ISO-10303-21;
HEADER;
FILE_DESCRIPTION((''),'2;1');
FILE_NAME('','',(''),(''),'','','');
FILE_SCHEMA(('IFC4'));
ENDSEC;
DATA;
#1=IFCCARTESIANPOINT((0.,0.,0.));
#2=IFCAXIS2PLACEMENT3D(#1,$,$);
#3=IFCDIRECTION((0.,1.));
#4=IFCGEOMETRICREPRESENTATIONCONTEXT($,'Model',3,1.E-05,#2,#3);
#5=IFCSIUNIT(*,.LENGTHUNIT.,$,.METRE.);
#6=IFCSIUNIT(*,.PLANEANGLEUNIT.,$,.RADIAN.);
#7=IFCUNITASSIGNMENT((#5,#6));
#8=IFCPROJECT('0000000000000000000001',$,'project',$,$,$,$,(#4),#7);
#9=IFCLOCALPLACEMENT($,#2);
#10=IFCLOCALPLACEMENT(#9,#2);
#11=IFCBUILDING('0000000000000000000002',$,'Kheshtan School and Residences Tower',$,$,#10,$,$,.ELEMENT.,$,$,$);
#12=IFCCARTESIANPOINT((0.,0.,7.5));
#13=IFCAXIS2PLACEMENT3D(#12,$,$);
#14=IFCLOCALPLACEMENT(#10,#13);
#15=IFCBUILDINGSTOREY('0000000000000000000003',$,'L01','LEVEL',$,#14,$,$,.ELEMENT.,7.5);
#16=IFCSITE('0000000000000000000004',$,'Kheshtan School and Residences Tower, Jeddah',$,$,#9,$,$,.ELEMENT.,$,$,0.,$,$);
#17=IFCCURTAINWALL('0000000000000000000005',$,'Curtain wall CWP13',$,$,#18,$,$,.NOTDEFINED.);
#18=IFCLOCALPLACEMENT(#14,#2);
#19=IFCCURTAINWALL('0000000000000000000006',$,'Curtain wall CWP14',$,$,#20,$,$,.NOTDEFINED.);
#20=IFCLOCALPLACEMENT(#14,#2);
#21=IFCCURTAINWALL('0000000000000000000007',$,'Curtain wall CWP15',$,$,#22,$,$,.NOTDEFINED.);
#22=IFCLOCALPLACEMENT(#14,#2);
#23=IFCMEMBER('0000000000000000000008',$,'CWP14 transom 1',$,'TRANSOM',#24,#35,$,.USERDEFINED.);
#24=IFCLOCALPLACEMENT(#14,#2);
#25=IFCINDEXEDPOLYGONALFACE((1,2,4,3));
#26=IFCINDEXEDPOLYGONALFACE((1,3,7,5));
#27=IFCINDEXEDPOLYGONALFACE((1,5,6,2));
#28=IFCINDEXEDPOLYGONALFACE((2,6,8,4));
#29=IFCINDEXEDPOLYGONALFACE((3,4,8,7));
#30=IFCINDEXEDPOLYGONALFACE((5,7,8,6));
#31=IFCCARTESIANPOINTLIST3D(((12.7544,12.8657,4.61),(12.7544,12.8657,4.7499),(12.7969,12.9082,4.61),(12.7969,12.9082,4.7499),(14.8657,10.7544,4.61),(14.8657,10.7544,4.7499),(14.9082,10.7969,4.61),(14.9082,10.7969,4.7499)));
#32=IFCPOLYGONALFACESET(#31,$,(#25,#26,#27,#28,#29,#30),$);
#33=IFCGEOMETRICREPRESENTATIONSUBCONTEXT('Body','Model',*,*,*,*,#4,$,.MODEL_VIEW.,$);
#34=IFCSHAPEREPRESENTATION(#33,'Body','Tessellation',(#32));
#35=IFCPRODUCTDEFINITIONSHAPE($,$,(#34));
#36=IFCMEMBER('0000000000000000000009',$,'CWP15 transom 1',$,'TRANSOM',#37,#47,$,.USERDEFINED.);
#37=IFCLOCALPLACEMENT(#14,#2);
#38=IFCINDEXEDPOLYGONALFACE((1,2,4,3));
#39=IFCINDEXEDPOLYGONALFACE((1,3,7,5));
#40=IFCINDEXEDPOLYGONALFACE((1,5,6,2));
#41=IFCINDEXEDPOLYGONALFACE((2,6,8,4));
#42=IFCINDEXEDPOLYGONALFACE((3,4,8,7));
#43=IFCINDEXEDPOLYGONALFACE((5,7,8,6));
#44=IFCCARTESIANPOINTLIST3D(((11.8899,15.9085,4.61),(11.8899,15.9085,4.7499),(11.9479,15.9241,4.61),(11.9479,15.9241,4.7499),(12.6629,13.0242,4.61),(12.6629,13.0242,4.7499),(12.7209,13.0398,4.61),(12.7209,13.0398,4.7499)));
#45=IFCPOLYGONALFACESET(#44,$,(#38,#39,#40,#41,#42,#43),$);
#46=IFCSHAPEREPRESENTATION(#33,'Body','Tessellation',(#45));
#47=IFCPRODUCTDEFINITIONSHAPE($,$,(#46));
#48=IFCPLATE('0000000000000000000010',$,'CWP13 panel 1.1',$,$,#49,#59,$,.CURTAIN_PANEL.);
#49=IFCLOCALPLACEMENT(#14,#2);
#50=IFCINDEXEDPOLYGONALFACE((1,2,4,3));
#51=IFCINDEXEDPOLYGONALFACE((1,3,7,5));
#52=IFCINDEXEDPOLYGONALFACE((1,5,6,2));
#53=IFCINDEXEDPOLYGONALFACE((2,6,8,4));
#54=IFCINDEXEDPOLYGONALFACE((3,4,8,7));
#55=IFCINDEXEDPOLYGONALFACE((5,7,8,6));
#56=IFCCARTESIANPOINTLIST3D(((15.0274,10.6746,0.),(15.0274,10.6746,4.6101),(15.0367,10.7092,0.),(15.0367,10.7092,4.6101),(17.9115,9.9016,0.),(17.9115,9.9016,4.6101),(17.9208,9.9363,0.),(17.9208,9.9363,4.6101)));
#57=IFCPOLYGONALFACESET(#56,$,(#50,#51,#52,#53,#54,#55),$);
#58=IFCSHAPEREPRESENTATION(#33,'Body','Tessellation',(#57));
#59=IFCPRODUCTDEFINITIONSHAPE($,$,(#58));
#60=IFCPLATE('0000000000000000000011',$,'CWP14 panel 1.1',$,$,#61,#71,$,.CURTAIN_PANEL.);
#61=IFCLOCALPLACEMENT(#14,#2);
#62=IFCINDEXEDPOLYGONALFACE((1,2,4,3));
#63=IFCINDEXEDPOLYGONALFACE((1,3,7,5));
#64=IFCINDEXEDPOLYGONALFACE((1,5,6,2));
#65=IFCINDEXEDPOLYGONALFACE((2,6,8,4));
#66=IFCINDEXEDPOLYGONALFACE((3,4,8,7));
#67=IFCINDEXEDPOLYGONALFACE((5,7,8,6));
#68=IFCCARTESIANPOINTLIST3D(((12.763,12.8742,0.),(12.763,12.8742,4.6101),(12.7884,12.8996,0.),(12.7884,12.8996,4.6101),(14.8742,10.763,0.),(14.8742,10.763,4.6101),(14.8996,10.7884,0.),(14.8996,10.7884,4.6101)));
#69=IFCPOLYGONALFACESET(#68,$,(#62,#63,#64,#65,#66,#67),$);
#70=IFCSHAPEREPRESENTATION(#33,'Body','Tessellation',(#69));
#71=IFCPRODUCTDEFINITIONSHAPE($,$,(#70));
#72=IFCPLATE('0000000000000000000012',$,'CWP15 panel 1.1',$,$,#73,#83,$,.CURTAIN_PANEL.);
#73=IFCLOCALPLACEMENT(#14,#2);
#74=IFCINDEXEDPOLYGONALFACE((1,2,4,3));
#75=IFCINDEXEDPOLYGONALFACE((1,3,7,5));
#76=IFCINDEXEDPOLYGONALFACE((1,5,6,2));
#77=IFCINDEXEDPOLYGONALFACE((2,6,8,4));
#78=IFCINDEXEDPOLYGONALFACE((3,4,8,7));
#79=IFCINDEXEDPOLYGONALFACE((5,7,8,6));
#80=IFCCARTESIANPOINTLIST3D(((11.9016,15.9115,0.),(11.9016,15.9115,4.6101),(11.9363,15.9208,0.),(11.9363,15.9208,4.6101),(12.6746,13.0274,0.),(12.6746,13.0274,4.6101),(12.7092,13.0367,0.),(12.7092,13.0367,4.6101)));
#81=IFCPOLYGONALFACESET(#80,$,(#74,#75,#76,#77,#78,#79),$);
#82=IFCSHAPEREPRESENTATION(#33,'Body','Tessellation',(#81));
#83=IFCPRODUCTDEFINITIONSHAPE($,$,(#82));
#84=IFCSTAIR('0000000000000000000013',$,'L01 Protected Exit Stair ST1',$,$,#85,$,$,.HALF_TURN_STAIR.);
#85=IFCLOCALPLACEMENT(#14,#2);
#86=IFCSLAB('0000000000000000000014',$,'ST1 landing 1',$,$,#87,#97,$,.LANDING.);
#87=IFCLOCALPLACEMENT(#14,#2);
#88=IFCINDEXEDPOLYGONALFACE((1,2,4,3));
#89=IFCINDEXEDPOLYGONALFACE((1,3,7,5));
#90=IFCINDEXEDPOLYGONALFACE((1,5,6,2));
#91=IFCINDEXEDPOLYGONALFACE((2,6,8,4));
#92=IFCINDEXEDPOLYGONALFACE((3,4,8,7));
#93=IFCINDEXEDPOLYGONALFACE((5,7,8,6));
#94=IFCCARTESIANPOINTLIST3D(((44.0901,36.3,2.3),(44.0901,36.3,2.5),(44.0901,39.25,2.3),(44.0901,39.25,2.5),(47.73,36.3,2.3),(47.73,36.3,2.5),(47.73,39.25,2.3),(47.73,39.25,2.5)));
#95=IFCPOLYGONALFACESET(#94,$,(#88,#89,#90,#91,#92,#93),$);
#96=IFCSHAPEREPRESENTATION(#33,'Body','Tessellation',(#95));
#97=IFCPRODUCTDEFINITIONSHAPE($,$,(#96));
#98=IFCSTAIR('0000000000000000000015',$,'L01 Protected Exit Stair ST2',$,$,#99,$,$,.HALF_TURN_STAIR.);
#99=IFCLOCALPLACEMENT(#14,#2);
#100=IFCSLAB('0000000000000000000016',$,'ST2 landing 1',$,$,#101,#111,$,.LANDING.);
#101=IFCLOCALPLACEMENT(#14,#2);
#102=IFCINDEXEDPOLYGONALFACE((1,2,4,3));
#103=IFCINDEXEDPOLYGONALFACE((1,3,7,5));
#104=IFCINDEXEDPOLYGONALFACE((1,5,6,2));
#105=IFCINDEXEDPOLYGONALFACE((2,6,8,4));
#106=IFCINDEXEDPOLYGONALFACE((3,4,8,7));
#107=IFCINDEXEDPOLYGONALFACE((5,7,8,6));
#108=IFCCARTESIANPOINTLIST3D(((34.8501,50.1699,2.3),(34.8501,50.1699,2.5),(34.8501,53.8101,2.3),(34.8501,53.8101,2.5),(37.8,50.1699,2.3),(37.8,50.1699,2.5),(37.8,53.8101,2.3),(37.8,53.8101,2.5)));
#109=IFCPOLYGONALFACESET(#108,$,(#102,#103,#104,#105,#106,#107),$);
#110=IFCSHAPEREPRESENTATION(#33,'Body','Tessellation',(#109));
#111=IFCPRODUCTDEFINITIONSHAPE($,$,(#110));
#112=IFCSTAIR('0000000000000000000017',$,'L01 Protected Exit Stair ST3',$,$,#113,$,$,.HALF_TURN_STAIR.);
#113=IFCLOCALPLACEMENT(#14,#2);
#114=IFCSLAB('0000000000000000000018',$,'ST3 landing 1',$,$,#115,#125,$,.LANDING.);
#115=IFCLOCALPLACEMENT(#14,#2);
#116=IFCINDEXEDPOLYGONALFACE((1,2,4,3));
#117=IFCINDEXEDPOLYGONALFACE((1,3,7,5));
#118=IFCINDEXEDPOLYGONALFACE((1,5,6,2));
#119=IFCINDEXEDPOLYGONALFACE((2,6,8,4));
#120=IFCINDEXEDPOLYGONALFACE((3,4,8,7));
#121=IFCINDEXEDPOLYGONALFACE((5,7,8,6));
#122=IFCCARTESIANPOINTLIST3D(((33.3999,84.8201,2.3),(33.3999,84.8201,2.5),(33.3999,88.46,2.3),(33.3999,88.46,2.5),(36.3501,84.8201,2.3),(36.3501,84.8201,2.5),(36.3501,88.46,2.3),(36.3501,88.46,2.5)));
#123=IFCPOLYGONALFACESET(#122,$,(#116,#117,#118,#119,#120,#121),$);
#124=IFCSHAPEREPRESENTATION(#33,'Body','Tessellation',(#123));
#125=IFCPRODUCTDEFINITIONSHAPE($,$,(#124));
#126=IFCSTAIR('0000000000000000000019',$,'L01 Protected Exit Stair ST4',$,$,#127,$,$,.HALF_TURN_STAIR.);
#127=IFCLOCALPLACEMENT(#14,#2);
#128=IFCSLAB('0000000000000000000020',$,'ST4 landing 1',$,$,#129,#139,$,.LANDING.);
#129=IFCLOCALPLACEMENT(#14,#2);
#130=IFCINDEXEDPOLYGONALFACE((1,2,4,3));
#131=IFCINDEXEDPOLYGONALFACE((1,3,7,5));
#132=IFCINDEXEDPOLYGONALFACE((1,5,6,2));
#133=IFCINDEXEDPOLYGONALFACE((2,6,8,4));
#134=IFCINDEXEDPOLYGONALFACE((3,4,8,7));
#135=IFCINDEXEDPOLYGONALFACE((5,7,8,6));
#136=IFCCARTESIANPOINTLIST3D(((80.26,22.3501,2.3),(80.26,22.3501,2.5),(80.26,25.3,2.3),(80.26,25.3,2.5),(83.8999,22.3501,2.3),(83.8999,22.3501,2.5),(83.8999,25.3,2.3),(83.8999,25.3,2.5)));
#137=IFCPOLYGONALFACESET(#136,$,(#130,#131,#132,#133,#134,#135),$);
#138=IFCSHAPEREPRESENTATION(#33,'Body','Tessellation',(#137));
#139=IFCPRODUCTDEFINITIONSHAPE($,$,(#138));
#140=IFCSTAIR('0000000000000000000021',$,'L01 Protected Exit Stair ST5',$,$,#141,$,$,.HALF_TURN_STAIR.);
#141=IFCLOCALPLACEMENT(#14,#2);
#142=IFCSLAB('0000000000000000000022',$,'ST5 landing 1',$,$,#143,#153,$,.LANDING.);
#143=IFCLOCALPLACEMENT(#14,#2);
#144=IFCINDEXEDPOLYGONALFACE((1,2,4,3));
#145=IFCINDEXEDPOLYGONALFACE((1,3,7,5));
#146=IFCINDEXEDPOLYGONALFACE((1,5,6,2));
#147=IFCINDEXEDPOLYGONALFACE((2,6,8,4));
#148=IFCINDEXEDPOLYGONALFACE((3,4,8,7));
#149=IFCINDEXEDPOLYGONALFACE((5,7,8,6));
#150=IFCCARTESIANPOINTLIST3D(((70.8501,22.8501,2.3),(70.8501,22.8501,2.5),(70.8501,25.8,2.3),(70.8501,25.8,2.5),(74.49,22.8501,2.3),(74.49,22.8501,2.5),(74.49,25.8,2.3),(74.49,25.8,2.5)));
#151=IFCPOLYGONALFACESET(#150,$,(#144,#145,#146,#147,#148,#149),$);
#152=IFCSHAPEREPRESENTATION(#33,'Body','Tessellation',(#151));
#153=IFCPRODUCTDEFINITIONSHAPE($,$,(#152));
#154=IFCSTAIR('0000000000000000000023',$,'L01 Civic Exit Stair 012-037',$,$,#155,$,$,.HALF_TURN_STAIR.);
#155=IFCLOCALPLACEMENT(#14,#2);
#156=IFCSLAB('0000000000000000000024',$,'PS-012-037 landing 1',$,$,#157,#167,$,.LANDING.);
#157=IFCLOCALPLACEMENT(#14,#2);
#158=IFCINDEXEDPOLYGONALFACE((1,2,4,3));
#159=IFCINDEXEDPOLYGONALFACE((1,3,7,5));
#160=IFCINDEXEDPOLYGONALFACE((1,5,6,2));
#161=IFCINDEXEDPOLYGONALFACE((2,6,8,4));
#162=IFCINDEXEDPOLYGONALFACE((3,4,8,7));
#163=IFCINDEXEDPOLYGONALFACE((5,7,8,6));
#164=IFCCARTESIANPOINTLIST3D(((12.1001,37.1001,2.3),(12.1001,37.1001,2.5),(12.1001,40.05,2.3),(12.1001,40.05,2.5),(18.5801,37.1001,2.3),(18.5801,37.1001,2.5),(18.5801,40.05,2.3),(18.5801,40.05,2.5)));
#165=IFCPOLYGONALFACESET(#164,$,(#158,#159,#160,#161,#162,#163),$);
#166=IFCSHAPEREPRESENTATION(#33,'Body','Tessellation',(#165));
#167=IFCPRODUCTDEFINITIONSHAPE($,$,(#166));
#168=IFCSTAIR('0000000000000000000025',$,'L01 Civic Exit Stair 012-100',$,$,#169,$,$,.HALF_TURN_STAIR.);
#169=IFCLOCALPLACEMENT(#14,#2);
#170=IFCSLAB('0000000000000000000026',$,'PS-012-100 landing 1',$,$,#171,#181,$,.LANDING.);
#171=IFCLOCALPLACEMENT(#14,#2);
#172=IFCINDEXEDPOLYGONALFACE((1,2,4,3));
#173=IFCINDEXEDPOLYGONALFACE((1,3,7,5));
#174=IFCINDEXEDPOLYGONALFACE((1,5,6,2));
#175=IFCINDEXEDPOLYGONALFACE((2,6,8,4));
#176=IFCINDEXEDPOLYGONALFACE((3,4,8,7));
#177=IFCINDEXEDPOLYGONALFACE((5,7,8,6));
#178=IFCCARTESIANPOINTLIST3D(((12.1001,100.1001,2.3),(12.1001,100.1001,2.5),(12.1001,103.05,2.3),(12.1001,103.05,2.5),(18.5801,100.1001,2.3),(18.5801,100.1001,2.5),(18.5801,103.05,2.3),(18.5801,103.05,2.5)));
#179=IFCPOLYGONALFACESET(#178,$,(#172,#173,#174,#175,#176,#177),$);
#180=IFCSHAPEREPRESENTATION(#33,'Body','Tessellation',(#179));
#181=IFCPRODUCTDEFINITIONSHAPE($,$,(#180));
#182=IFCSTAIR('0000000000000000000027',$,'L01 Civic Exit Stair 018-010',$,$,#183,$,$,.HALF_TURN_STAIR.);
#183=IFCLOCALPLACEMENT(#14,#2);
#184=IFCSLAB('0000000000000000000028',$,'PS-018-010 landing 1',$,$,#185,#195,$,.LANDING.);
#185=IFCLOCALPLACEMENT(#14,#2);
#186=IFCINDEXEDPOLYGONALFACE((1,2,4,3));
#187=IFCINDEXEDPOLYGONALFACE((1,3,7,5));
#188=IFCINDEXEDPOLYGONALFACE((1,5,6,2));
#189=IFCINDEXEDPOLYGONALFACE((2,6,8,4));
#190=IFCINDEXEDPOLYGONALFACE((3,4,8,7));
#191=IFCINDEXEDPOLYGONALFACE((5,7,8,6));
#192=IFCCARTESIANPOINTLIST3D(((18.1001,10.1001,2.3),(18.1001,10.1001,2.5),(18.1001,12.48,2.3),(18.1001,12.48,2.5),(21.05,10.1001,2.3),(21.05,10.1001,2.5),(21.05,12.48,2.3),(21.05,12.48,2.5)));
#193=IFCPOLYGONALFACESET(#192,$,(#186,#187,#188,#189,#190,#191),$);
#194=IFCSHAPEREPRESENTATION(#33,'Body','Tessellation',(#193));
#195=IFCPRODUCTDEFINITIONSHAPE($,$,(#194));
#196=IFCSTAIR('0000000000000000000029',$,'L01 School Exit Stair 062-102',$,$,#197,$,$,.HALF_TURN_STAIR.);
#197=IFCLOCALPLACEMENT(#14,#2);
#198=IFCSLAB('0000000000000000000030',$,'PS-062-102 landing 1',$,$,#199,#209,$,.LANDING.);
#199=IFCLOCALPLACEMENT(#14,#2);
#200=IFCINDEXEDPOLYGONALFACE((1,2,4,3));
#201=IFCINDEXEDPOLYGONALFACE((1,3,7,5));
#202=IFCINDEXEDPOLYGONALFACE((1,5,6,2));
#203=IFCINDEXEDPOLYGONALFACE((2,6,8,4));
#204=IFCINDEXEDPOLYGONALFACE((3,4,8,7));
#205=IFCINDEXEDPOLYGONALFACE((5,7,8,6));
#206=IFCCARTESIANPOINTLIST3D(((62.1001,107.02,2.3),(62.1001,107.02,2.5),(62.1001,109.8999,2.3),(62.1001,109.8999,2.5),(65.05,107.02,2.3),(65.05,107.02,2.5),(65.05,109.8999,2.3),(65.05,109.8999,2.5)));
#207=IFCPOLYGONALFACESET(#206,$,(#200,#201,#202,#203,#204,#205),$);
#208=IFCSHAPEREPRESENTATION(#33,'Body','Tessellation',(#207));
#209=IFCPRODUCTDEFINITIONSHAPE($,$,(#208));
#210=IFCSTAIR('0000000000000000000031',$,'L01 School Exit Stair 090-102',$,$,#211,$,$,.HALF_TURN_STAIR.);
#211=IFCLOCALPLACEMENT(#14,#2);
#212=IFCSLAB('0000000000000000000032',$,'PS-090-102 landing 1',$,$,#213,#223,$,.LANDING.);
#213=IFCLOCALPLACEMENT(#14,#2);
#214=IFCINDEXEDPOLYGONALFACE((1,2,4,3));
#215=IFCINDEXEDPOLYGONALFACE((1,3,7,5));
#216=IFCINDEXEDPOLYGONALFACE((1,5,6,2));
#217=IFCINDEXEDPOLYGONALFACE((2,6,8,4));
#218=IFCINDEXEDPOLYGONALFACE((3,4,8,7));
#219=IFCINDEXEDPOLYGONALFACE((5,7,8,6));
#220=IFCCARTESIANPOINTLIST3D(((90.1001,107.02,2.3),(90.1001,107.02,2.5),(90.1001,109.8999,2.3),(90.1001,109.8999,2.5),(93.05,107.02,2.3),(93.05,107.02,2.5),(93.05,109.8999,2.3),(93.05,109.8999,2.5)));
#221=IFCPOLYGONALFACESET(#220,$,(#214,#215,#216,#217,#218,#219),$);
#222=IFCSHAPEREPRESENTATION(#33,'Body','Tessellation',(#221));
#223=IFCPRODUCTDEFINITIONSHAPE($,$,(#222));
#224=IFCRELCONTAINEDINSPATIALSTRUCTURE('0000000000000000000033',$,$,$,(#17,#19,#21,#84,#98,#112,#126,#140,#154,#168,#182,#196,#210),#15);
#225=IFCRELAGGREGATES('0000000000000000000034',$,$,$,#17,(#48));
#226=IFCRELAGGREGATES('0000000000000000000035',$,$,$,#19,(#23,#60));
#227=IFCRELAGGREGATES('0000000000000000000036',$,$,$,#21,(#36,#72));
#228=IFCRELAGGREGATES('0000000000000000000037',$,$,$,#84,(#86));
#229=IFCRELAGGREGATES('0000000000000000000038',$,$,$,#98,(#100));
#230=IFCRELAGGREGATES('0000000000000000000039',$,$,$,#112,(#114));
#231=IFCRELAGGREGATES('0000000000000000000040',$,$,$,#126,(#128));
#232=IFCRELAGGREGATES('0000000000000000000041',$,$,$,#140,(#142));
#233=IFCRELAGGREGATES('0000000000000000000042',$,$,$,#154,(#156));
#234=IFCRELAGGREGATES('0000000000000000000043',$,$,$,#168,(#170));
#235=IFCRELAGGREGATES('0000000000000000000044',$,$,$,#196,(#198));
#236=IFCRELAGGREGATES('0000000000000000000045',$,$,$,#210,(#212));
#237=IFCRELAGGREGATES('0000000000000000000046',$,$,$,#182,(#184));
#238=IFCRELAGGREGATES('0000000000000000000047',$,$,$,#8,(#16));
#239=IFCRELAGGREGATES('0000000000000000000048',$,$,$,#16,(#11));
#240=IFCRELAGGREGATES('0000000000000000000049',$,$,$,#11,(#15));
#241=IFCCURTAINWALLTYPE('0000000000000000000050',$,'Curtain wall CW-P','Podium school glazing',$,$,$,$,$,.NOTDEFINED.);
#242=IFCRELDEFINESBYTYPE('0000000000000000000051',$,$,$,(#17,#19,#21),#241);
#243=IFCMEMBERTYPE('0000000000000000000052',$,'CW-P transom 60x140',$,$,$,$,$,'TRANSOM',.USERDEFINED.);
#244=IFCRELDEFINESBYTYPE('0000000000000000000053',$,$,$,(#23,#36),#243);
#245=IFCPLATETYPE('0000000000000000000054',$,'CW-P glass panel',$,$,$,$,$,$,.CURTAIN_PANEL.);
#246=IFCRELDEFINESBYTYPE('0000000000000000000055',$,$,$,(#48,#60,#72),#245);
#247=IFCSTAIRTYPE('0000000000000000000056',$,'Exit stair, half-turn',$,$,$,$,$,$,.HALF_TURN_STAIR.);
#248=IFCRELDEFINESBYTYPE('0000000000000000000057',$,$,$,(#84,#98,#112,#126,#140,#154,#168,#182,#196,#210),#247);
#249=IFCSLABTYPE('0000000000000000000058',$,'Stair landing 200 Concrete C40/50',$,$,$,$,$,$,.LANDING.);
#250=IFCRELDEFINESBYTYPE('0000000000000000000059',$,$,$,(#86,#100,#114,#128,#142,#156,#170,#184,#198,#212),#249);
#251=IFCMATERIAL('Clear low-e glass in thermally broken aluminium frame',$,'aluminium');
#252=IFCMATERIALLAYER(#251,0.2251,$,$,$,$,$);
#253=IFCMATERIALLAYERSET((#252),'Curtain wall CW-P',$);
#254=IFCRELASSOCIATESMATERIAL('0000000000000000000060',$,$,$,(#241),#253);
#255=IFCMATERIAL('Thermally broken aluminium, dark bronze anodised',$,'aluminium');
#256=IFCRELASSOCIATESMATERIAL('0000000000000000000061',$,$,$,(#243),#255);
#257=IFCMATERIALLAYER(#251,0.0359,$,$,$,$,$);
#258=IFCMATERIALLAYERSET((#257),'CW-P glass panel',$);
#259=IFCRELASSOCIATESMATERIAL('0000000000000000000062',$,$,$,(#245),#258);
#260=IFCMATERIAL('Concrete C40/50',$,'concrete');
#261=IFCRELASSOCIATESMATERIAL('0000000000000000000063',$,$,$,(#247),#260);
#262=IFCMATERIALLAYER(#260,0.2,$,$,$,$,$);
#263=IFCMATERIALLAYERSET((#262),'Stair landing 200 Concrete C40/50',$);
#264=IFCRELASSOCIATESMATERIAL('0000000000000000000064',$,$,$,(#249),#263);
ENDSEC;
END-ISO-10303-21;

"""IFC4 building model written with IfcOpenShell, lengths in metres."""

from ifc_helpers import new_model, si_unit, direction, frame, origin, origin_2d, place, context, subcontext, project, spatial, polyline, rectangle, outline, extrude, material, layer, layer_set, material_profile, profile_set, type_object, element, aggregate, save


model = new_model("IFC4")

# Units and contexts
model_context = context("Model", 3, precision=1e-05, world=origin(), true_north=direction((0.0, 1.0)))
body_context = subcontext(model_context, "Body", "Model", "MODEL_VIEW")
ifc_project = project(units=[si_unit("LENGTHUNIT", "METRE"), si_unit("PLANEANGLEUNIT", "RADIAN")], contexts=[model_context])

# Site, building, storey
site_placement = place(None, origin())
site = spatial("IfcSite", under=ifc_project, at=site_placement, Name="Kheshtan School and Residences Tower, Jeddah", CompositionType="ELEMENT", RefElevation=0.0)
building_placement = place(site_placement, origin())
building = spatial("IfcBuilding", under=site, at=building_placement, Name="Kheshtan School and Residences Tower", CompositionType="ELEMENT")
storey_placement = place(building_placement, frame((0.0, 0.0, 7.5)))
storey = spatial("IfcBuildingStorey", under=building, at=storey_placement, Name="L01", Description="LEVEL", CompositionType="ELEMENT", Elevation=7.5)

# Curtain walls
ifc_material_1 = material(Name="Clear low-e glass in thermally broken aluminium frame", Category="aluminium")
ifc_layer_1 = layer(ifc_material_1, 0.2251)
ifc_layer_set_1 = layer_set([ifc_layer_1], Name="Curtain wall CW-P")
curtain_wall_type = type_object("IfcCurtainWallType", Name="Curtain wall CW-P", Description="Podium school glazing", PredefinedType="NOTDEFINED", material=ifc_layer_set_1)
curtain_wall_1_placement = place(storey_placement, origin())
curtain_wall_1 = element("IfcCurtainWall", 1, at=curtain_wall_1_placement, inside=storey, type_object=curtain_wall_type, Name="Curtain wall CWP13", PredefinedType="NOTDEFINED")
ifc_material_2 = material(Name="Thermally broken aluminium, dark bronze anodised", Category="aluminium")
curtain_wall_2_placement = place(storey_placement, origin())
curtain_wall_2 = element("IfcCurtainWall", 2, at=curtain_wall_2_placement, inside=storey, type_object=curtain_wall_type, Name="Curtain wall CWP14", PredefinedType="NOTDEFINED")
curtain_wall_3_placement = place(storey_placement, origin())
curtain_wall_3 = element("IfcCurtainWall", 3, at=curtain_wall_3_placement, inside=storey, type_object=curtain_wall_type, Name="Curtain wall CWP15", PredefinedType="NOTDEFINED")

# Members
ifc_material_profile_1 = material_profile(ifc_material_2, rectangle(XDim=0.0601, YDim=0.1399, at=origin_2d()), Name="CW-P transom 60x140")
ifc_profile_set_1 = profile_set([ifc_material_profile_1], Name="Thermally broken aluminium, dark bronze anodised")
member_type_1 = type_object("IfcMemberType", Name="CW-P transom 60x140", ElementType="TRANSOM", PredefinedType="USERDEFINED", material=ifc_profile_set_1)
member_1_placement = place(storey_placement, frame((14.887, 10.7756, 4.6799), z_axis=(-0.707107, 0.707107, 0.0), x_axis=(-0.707107, -0.707107, 0.0)))
member_1 = element("IfcMember", 4, at=member_1_placement, type_object=member_type_1, Name="CWP14 transom 1", ObjectType="TRANSOM", PredefinedType="USERDEFINED", context=body_context, shape_type="SweptSolid", body=[
    extrude(rectangle(XDim=0.0601, YDim=0.1399, at=origin_2d()), origin(), (0.0, 0.0, 1.0), 2.9858),
])
member_2_placement = place(storey_placement, frame((12.6919, 13.032, 4.6799), z_axis=(-0.258853, 0.965917, 0.0), x_axis=(-0.965917, -0.258853, 0.0)))
member_2 = element("IfcMember", 5, at=member_2_placement, type_object=member_type_1, Name="CWP15 transom 1", ObjectType="TRANSOM", PredefinedType="USERDEFINED", context=body_context, shape_type="SweptSolid", body=[
    extrude(rectangle(XDim=0.0601, YDim=0.1399, at=origin_2d()), origin(), (0.0, 0.0, 1.0), 2.9861),
])

# Plates
ifc_layer_2 = layer(ifc_material_1, 0.0359)
ifc_layer_set_2 = layer_set([ifc_layer_2], Name="CW-P glass panel")
plate_type = type_object("IfcPlateType", Name="CW-P glass panel", PredefinedType="CURTAIN_PANEL", material=ifc_layer_set_2)
plate_1_placement = place(storey_placement, frame((16.4741, 10.3054, 0.0), z_axis=(0.0, 0.0, 1.0), x_axis=(-0.965914, 0.258865, 0.0)))
plate_1 = element("IfcPlate", 6, at=plate_1_placement, type_object=plate_type, Name="CWP13 panel 1.1", PredefinedType="CURTAIN_PANEL", context=body_context, shape_type="SweptSolid", body=[
    extrude(rectangle(XDim=2.9858, YDim=0.0359, at=origin_2d()), origin(), (0.0, 0.0, 1.0), 4.6101),
])
aggregate(curtain_wall_1, [plate_1])
plate_2_placement = place(storey_placement, frame((13.8313, 11.8313, 0.0), z_axis=(0.0, 0.0, 1.0), x_axis=(-0.707107, 0.707107, 0.0)))
plate_2 = element("IfcPlate", 7, at=plate_2_placement, type_object=plate_type, Name="CWP14 panel 1.1", PredefinedType="CURTAIN_PANEL", context=body_context, shape_type="SweptSolid", body=[
    extrude(rectangle(XDim=2.9856, YDim=0.0359, at=origin_2d()), origin(), (0.0, 0.0, 1.0), 4.6101),
])
aggregate(curtain_wall_2, [member_1, plate_2])
plate_3_placement = place(storey_placement, frame((12.3054, 14.4741, 0.0), z_axis=(0.0, 0.0, 1.0), x_axis=(-0.258865, 0.965914, 0.0)))
plate_3 = element("IfcPlate", 8, at=plate_3_placement, type_object=plate_type, Name="CWP15 panel 1.1", PredefinedType="CURTAIN_PANEL", context=body_context, shape_type="SweptSolid", body=[
    extrude(rectangle(XDim=2.9858, YDim=0.0359, at=origin_2d()), origin(), (0.0, 0.0, 1.0), 4.6101),
])
aggregate(curtain_wall_3, [member_2, plate_3])

# Shared definitions
ifc_material_3 = material(Name="Concrete C40/50", Category="concrete")

# Stairs, slabs
stair_type = type_object("IfcStairType", Name="Exit stair, half-turn", PredefinedType="HALF_TURN_STAIR", material=ifc_material_3)
stair_1_placement = place(storey_placement, origin())
stair_1 = element("IfcStair", 9, at=stair_1_placement, inside=storey, type_object=stair_type, Name="L01 Protected Exit Stair ST1", PredefinedType="HALF_TURN_STAIR")
ifc_layer_3 = layer(ifc_material_3, 0.2)
ifc_layer_set_3 = layer_set([ifc_layer_3], Name="Stair landing 200 Concrete C40/50")
slab_type_1 = type_object("IfcSlabType", Name="Stair landing 200 Concrete C40/50", PredefinedType="LANDING", material=ifc_layer_set_3)
slab_1_placement = place(storey_placement, frame((0.0, 0.0, 2.3)))
slab_1 = element("IfcSlab", 10, at=slab_1_placement, type_object=slab_type_1, Name="ST1 landing 1", PredefinedType="LANDING", context=body_context, shape_type="SweptSolid", body=[
    extrude(outline(polyline([(47.73, 39.25), (44.0901, 39.25), (44.0901, 36.3), (47.73, 36.3), (47.73, 39.25)])), origin(), (0.0, 0.0, 1.0), 0.2),
])
aggregate(stair_1, [slab_1])
stair_2_placement = place(storey_placement, origin())
stair_2 = element("IfcStair", 11, at=stair_2_placement, inside=storey, type_object=stair_type, Name="L01 Protected Exit Stair ST2", PredefinedType="HALF_TURN_STAIR")
slab_2_placement = place(storey_placement, frame((0.0, 0.0, 2.3)))
slab_2 = element("IfcSlab", 12, at=slab_2_placement, type_object=slab_type_1, Name="ST2 landing 1", PredefinedType="LANDING", context=body_context, shape_type="SweptSolid", body=[
    extrude(outline(polyline([(37.8, 50.1699), (37.8, 53.8101), (34.8501, 53.8101), (34.8501, 50.1699), (37.8, 50.1699)])), origin(), (0.0, 0.0, 1.0), 0.2),
])
aggregate(stair_2, [slab_2])
stair_3_placement = place(storey_placement, origin())
stair_3 = element("IfcStair", 13, at=stair_3_placement, inside=storey, type_object=stair_type, Name="L01 Protected Exit Stair ST3", PredefinedType="HALF_TURN_STAIR")
slab_3_placement = place(storey_placement, frame((0.0, 0.0, 2.3)))
slab_3 = element("IfcSlab", 14, at=slab_3_placement, type_object=slab_type_1, Name="ST3 landing 1", PredefinedType="LANDING", context=body_context, shape_type="SweptSolid", body=[
    extrude(outline(polyline([(36.3501, 84.8201), (36.3501, 88.46), (33.3999, 88.46), (33.3999, 84.8201), (36.3501, 84.8201)])), origin(), (0.0, 0.0, 1.0), 0.2),
])
aggregate(stair_3, [slab_3])
stair_4_placement = place(storey_placement, origin())
stair_4 = element("IfcStair", 15, at=stair_4_placement, inside=storey, type_object=stair_type, Name="L01 Protected Exit Stair ST4", PredefinedType="HALF_TURN_STAIR")
slab_4_placement = place(storey_placement, frame((0.0, 0.0, 2.3)))
slab_4 = element("IfcSlab", 16, at=slab_4_placement, type_object=slab_type_1, Name="ST4 landing 1", PredefinedType="LANDING", context=body_context, shape_type="SweptSolid", body=[
    extrude(outline(polyline([(83.8999, 25.3), (80.26, 25.3), (80.26, 22.3501), (83.8999, 22.3501), (83.8999, 25.3)])), origin(), (0.0, 0.0, 1.0), 0.2),
])
aggregate(stair_4, [slab_4])
stair_5_placement = place(storey_placement, origin())
stair_5 = element("IfcStair", 17, at=stair_5_placement, inside=storey, type_object=stair_type, Name="L01 Protected Exit Stair ST5", PredefinedType="HALF_TURN_STAIR")
slab_5_placement = place(storey_placement, frame((0.0, 0.0, 2.3)))
slab_5 = element("IfcSlab", 18, at=slab_5_placement, type_object=slab_type_1, Name="ST5 landing 1", PredefinedType="LANDING", context=body_context, shape_type="SweptSolid", body=[
    extrude(outline(polyline([(74.49, 25.8), (70.8501, 25.8), (70.8501, 22.8501), (74.49, 22.8501), (74.49, 25.8)])), origin(), (0.0, 0.0, 1.0), 0.2),
])
aggregate(stair_5, [slab_5])
stair_6_placement = place(storey_placement, origin())
stair_6 = element("IfcStair", 19, at=stair_6_placement, inside=storey, type_object=stair_type, Name="L01 Civic Exit Stair 012-037", PredefinedType="HALF_TURN_STAIR")
slab_6_placement = place(storey_placement, frame((0.0, 0.0, 2.3)))
slab_6 = element("IfcSlab", 20, at=slab_6_placement, type_object=slab_type_1, Name="PS-012-037 landing 1", PredefinedType="LANDING", context=body_context, shape_type="SweptSolid", body=[
    extrude(outline(polyline([(18.5801, 40.05), (12.1001, 40.05), (12.1001, 37.1001), (18.5801, 37.1001), (18.5801, 40.05)])), origin(), (0.0, 0.0, 1.0), 0.2),
])
aggregate(stair_6, [slab_6])
stair_7_placement = place(storey_placement, origin())
stair_7 = element("IfcStair", 21, at=stair_7_placement, inside=storey, type_object=stair_type, Name="L01 Civic Exit Stair 012-100", PredefinedType="HALF_TURN_STAIR")
slab_7_placement = place(storey_placement, frame((0.0, 0.0, 2.3)))
slab_7 = element("IfcSlab", 22, at=slab_7_placement, type_object=slab_type_1, Name="PS-012-100 landing 1", PredefinedType="LANDING", context=body_context, shape_type="SweptSolid", body=[
    extrude(outline(polyline([(18.5801, 103.05), (12.1001, 103.05), (12.1001, 100.1001), (18.5801, 100.1001), (18.5801, 103.05)])), origin(), (0.0, 0.0, 1.0), 0.2),
])
aggregate(stair_7, [slab_7])
stair_8_placement = place(storey_placement, origin())
stair_8 = element("IfcStair", 23, at=stair_8_placement, inside=storey, type_object=stair_type, Name="L01 Civic Exit Stair 018-010", PredefinedType="HALF_TURN_STAIR")
slab_8_placement = place(storey_placement, frame((0.0, 0.0, 2.3)))
slab_8 = element("IfcSlab", 24, at=slab_8_placement, type_object=slab_type_1, Name="PS-018-010 landing 1", PredefinedType="LANDING", context=body_context, shape_type="SweptSolid", body=[
    extrude(outline(polyline([(18.1001, 12.48), (18.1001, 10.1001), (21.05, 10.1001), (21.05, 12.48), (18.1001, 12.48)])), origin(), (0.0, 0.0, 1.0), 0.2),
])
stair_9_placement = place(storey_placement, origin())
stair_9 = element("IfcStair", 25, at=stair_9_placement, inside=storey, type_object=stair_type, Name="L01 School Exit Stair 062-102", PredefinedType="HALF_TURN_STAIR")
slab_9_placement = place(storey_placement, frame((0.0, 0.0, 2.3)))
slab_9 = element("IfcSlab", 26, at=slab_9_placement, type_object=slab_type_1, Name="PS-062-102 landing 1", PredefinedType="LANDING", context=body_context, shape_type="SweptSolid", body=[
    extrude(outline(polyline([(65.05, 107.02), (65.05, 109.8999), (62.1001, 109.8999), (62.1001, 107.02), (65.05, 107.02)])), origin(), (0.0, 0.0, 1.0), 0.2),
])
aggregate(stair_9, [slab_9])
stair_10_placement = place(storey_placement, origin())
stair_10 = element("IfcStair", 27, at=stair_10_placement, inside=storey, type_object=stair_type, Name="L01 School Exit Stair 090-102", PredefinedType="HALF_TURN_STAIR")
slab_10_placement = place(storey_placement, frame((0.0, 0.0, 2.3)))
slab_10 = element("IfcSlab", 28, at=slab_10_placement, type_object=slab_type_1, Name="PS-090-102 landing 1", PredefinedType="LANDING", context=body_context, shape_type="SweptSolid", body=[
    extrude(outline(polyline([(93.05, 107.02), (93.05, 109.8999), (90.1001, 109.8999), (90.1001, 107.02), (93.05, 107.02)])), origin(), (0.0, 0.0, 1.0), 0.2),
])
aggregate(stair_10, [slab_10])

aggregate(stair_8, [slab_8])

save(model, "model.ifc")
